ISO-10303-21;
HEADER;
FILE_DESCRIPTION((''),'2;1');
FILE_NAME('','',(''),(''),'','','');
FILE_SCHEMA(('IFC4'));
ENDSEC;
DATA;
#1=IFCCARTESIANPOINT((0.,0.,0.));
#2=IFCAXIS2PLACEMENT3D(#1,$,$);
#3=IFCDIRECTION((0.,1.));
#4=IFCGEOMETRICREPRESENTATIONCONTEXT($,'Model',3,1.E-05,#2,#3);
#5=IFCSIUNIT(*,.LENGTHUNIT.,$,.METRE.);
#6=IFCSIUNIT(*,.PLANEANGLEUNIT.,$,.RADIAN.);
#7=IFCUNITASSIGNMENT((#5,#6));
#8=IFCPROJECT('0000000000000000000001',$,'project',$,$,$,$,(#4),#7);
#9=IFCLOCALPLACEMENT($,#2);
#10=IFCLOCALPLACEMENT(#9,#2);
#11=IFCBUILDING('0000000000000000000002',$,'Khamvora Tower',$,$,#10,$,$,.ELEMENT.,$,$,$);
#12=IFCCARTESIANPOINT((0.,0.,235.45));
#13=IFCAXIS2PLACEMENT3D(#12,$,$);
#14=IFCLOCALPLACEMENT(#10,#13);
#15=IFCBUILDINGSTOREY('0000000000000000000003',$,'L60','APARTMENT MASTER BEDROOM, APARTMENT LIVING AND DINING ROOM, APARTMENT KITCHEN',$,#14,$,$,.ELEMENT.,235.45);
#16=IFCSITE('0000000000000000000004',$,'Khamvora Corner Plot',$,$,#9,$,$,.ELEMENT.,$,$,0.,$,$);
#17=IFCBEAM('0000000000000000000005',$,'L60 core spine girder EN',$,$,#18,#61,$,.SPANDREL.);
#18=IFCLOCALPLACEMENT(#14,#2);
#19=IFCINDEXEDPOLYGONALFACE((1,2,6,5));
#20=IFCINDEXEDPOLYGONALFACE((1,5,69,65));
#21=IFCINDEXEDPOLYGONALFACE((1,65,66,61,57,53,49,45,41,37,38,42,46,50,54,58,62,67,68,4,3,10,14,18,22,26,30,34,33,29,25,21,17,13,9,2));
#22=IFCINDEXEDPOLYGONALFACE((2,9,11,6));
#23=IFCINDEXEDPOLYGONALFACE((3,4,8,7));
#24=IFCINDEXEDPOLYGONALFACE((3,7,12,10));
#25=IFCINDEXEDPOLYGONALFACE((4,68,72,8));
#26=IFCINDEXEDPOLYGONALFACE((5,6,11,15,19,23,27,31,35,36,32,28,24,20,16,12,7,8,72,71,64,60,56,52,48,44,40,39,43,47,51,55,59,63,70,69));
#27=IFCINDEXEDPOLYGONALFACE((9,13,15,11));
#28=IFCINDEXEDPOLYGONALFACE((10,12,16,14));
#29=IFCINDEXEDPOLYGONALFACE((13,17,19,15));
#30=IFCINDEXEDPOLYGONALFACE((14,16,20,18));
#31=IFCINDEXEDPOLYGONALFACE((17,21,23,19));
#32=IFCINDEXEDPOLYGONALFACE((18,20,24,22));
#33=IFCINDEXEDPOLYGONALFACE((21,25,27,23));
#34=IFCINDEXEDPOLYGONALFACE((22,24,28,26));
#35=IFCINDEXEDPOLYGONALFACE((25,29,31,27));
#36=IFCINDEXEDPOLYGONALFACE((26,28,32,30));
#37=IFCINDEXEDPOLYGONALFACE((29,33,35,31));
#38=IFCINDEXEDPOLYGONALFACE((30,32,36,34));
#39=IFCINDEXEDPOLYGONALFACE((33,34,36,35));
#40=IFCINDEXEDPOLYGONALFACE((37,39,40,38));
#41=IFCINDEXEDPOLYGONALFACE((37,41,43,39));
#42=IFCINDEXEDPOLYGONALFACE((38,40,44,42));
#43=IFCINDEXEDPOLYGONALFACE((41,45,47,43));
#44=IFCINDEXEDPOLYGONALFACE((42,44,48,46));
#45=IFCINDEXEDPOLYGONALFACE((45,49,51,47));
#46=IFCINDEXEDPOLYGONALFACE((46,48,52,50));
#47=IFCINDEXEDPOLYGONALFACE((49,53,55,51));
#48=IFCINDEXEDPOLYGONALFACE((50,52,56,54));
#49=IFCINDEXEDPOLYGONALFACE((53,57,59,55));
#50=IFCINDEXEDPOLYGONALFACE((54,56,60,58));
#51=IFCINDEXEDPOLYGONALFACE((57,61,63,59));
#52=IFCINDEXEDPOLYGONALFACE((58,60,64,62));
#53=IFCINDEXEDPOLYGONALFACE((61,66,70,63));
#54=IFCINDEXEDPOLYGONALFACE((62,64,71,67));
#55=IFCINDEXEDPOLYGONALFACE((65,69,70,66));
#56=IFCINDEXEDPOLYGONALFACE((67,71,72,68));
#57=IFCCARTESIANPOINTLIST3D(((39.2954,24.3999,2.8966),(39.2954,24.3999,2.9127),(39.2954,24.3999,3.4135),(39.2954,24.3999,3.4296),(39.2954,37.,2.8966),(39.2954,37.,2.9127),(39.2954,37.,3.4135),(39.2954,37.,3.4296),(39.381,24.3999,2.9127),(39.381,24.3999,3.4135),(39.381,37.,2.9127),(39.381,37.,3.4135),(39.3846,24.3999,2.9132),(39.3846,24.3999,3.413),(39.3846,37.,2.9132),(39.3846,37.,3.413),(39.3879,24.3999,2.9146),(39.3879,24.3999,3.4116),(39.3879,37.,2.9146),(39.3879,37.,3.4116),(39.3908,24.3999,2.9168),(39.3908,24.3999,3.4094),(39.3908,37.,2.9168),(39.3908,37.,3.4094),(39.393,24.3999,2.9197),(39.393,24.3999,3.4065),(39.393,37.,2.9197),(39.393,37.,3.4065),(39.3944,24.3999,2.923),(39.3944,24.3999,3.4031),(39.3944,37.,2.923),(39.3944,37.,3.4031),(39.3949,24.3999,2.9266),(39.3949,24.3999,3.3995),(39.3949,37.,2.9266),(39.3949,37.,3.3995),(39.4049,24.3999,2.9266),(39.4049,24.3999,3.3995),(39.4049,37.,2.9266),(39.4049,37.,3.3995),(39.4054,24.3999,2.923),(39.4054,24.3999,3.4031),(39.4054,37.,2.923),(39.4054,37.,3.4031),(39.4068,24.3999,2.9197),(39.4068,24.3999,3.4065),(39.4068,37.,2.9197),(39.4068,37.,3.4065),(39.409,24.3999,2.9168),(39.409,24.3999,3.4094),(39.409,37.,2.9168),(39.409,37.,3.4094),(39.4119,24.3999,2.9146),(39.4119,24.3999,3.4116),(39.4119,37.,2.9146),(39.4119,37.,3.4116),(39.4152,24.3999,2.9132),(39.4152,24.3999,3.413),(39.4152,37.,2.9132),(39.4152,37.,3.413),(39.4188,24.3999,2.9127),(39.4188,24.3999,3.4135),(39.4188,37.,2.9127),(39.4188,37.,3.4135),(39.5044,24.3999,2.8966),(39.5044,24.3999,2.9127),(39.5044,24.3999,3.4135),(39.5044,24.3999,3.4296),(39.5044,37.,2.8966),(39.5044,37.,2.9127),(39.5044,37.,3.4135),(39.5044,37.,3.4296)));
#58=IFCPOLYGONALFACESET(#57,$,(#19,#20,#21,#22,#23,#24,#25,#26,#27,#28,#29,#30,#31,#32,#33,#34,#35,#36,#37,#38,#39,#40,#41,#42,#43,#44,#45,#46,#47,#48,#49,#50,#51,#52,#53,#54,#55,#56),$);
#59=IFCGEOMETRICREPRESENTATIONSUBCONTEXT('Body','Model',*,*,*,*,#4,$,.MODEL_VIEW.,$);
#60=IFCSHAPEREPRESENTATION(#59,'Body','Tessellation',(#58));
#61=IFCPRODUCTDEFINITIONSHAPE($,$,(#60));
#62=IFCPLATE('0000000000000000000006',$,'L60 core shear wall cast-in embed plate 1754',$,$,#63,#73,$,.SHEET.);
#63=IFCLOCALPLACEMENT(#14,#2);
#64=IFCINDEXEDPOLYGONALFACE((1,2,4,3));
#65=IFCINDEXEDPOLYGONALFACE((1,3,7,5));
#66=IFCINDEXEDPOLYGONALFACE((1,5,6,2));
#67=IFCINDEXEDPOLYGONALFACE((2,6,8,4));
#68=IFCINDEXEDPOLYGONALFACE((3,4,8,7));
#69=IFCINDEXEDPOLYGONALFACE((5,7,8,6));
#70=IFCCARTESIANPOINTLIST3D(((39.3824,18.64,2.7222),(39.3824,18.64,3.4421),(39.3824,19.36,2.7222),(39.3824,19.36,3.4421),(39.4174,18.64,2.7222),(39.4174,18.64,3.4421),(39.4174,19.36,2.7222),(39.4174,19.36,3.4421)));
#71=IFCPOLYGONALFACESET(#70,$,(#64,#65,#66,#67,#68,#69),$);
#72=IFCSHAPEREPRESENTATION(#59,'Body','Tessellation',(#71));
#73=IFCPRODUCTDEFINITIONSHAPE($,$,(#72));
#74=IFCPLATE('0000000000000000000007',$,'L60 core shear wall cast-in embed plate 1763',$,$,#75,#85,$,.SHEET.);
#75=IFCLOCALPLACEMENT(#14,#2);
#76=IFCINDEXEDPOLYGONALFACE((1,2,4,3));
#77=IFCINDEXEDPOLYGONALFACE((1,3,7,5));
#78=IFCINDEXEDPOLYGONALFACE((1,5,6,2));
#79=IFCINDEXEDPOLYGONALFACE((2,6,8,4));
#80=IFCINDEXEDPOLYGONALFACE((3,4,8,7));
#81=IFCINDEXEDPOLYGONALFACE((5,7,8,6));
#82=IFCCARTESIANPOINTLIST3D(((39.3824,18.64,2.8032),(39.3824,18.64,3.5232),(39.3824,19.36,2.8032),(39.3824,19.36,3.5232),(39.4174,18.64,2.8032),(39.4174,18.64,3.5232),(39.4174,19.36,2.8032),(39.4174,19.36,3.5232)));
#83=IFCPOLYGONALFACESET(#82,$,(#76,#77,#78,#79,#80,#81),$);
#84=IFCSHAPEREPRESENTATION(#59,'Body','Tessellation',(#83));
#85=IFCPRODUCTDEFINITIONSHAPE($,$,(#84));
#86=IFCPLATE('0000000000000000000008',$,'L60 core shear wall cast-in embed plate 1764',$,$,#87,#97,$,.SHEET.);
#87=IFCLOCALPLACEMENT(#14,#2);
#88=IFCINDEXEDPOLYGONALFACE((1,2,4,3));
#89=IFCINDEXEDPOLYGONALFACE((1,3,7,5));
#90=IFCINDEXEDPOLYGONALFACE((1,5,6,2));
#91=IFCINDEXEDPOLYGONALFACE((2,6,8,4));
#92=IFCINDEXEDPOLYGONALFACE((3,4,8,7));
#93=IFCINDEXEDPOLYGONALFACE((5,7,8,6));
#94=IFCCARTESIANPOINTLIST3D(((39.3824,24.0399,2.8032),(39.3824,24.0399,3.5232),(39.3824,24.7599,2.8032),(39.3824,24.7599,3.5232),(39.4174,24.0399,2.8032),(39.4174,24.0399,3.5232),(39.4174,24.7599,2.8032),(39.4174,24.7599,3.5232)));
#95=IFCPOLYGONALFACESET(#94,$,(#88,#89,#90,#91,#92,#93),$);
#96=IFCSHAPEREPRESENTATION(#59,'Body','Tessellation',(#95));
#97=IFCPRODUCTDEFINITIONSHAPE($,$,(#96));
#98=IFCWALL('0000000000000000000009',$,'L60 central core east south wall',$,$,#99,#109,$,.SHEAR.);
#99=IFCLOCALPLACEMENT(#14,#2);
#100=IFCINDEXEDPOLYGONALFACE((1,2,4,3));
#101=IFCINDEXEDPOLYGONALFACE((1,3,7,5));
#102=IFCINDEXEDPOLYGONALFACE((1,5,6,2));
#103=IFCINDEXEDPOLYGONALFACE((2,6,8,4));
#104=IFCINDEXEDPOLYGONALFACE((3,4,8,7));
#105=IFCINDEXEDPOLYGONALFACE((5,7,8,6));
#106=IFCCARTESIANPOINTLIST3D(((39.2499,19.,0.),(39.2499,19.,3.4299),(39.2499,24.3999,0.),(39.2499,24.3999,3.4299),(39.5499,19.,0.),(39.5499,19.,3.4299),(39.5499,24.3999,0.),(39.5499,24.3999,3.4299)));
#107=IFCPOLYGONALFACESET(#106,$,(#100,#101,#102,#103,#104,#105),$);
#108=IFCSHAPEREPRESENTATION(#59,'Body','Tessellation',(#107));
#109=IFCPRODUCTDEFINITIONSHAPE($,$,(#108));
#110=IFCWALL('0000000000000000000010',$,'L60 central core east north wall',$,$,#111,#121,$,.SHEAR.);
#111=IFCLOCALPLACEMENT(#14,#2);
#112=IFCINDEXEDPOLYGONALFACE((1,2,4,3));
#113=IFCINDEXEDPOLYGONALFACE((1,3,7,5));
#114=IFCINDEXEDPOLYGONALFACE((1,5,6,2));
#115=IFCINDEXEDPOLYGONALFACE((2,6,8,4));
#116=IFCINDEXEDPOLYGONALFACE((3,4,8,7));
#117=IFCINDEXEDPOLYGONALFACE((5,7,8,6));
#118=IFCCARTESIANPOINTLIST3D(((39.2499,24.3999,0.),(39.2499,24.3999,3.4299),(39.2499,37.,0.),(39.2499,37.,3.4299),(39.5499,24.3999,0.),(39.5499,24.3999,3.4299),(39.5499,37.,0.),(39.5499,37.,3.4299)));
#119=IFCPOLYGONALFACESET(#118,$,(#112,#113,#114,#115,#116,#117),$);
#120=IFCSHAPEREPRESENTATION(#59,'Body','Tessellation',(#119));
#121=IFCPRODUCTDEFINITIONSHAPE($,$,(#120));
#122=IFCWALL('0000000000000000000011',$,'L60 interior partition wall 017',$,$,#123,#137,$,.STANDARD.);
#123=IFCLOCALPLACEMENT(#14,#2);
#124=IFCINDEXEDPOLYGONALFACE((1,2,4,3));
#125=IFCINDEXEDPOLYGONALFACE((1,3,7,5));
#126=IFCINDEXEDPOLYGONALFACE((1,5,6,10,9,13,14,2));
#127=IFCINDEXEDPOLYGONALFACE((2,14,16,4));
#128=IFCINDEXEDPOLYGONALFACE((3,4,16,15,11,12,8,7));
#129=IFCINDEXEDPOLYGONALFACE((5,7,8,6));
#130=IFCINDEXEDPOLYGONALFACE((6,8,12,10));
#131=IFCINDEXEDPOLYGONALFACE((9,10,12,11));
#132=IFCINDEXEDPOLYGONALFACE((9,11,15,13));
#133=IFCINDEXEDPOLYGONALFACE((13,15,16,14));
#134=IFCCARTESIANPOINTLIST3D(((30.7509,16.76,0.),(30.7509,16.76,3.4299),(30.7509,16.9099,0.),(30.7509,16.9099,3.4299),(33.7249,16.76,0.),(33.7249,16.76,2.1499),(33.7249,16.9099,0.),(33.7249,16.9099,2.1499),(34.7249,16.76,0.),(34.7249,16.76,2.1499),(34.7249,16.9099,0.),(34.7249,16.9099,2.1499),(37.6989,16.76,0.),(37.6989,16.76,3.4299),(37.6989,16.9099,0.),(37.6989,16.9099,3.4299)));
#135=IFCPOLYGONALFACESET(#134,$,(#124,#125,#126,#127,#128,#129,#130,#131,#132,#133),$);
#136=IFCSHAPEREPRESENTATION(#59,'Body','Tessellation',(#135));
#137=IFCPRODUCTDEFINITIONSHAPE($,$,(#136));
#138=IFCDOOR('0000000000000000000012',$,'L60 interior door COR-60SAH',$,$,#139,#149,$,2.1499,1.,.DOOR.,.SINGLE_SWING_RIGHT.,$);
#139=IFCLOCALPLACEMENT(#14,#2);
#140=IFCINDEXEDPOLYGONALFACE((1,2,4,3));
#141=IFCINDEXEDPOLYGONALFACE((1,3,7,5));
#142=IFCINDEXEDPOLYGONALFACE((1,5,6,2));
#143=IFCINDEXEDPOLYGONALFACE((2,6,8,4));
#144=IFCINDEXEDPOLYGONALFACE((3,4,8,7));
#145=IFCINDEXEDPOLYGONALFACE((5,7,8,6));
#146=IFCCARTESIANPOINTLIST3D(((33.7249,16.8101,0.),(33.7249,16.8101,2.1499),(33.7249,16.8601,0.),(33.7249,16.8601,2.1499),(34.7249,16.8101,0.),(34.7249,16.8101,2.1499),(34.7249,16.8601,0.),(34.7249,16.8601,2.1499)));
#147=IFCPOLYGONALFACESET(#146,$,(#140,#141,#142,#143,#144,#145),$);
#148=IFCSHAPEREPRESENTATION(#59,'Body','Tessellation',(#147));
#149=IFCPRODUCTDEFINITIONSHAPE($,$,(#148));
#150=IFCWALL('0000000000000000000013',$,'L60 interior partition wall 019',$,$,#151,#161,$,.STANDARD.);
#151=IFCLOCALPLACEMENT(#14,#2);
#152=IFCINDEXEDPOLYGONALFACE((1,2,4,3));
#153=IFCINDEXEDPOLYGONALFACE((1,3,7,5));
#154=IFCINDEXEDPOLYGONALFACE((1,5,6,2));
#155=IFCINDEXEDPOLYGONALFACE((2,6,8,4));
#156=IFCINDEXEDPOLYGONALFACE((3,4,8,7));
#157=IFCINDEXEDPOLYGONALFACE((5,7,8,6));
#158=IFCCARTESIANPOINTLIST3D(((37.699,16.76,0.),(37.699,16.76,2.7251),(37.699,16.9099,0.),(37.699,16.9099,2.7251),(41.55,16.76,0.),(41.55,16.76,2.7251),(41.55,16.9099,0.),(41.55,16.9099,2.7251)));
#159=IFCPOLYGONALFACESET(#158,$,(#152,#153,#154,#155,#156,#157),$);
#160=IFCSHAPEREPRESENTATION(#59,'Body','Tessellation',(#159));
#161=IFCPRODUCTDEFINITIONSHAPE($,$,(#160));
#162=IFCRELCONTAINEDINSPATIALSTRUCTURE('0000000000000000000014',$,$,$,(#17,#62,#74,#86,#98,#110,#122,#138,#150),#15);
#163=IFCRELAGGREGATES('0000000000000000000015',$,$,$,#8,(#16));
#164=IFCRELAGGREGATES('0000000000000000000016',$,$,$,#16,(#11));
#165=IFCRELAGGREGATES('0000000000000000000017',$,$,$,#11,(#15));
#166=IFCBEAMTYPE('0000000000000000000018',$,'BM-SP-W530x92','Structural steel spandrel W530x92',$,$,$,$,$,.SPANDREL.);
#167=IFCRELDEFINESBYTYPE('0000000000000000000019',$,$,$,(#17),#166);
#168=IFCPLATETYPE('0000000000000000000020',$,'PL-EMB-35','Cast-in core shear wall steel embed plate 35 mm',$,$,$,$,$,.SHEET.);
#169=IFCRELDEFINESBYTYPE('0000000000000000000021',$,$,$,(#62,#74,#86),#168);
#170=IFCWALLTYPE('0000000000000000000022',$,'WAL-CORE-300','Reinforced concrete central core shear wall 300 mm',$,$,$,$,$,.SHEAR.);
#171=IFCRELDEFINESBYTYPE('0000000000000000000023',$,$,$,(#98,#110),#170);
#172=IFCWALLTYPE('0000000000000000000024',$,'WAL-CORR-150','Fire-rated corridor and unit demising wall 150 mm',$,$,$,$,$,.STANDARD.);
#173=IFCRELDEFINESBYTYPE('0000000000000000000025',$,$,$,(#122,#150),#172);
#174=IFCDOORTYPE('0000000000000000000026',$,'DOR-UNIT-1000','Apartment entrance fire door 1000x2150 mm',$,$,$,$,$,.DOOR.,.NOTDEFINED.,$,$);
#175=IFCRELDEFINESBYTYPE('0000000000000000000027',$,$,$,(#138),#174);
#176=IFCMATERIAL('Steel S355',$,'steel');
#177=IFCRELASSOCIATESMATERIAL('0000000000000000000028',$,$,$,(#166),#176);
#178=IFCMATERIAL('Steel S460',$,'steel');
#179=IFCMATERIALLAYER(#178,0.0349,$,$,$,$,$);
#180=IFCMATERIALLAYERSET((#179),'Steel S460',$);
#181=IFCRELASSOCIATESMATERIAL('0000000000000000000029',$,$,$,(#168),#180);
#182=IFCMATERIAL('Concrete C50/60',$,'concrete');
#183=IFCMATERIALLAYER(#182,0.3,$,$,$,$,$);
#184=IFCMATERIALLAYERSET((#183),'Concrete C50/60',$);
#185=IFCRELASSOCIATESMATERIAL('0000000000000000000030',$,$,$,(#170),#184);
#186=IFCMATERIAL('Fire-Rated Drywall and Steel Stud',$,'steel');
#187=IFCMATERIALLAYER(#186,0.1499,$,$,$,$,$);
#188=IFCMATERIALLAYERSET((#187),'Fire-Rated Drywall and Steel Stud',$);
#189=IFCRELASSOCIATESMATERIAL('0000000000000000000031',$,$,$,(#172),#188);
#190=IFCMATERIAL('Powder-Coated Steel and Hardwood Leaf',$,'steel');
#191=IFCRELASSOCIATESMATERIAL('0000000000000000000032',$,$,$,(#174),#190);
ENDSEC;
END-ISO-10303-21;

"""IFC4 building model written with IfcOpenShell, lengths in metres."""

from ifc_helpers import new_model, si_unit, direction, frame, frame_2d, origin, origin_2d, place, context, subcontext, project, spatial, rectangle, i_section, extrude, material, layer, layer_set, material_profile, profile_set, type_object, element, fill, save


model = new_model("IFC4")

# Units and contexts
model_context = context("Model", 3, precision=1e-05, world=origin(), true_north=direction((0.0, 1.0)))
body_context = subcontext(model_context, "Body", "Model", "MODEL_VIEW")
ifc_project = project(units=[si_unit("LENGTHUNIT", "METRE"), si_unit("PLANEANGLEUNIT", "RADIAN")], contexts=[model_context])

# Site, building, storey
site_placement = place(None, origin())
site = spatial("IfcSite", under=ifc_project, at=site_placement, Name="Khamvora Corner Plot", CompositionType="ELEMENT", RefElevation=0.0)
building_placement = place(site_placement, origin())
building = spatial("IfcBuilding", under=site, at=building_placement, Name="Khamvora Tower", CompositionType="ELEMENT")
storey_placement = place(building_placement, frame((0.0, 0.0, 235.45)))
storey = spatial("IfcBuildingStorey", under=building, at=storey_placement, Name="L60", Description="APARTMENT MASTER BEDROOM, APARTMENT LIVING AND DINING ROOM, APARTMENT KITCHEN", CompositionType="ELEMENT", Elevation=235.45)

# Shared definitions
ifc_material_1 = material(Name="Steel S355", Category="steel")

# Beam
ifc_material_profile_1 = material_profile(ifc_material_1, i_section(OverallWidth=0.209, OverallDepth=0.533, WebThickness=0.01, FlangeThickness=0.0161, FilletRadius=0.0139, at=origin_2d()), Name="W530x92")
ifc_profile_set_1 = profile_set([ifc_material_profile_1], Name="Steel S355")
beam_type_1 = type_object("IfcBeamType", Name="BM-SP-W530x92", Description="Structural steel spandrel W530x92", PredefinedType="SPANDREL", material=ifc_profile_set_1)
beam_1_placement = place(storey_placement, frame((39.3999, 24.3999, 3.1631), z_axis=(0.0, 1.0, 0.0), x_axis=(-1.0, 0.0, 0.0)))
element("IfcBeam", 1, at=beam_1_placement, inside=storey, type_object=beam_type_1, Name="L60 core spine girder EN", PredefinedType="SPANDREL", context=body_context, shape_type="SweptSolid", body=[
    extrude(i_section(OverallWidth=0.209, OverallDepth=0.533, WebThickness=0.01, FlangeThickness=0.0161, FilletRadius=0.0139, at=origin_2d()), origin(), (0.0, 0.0, 1.0), 12.6001),
])

# Plates
ifc_material_2 = material(Name="Steel S460", Category="steel")
ifc_layer_1 = layer(ifc_material_2, 0.0349)
ifc_layer_set_1 = layer_set([ifc_layer_1], Name="Steel S460")
plate_type = type_object("IfcPlateType", Name="PL-EMB-35", Description="Cast-in core shear wall steel embed plate 35 mm", PredefinedType="SHEET", material=ifc_layer_set_1)
for number, where, z_axis, x_axis, name in (
    (2, (39.3999, 19.0, 2.7222), (0.0, 0.0, 1.0), (1.0, 0.0, 0.0), "L60 core shear wall cast-in embed plate 1754"),
    (3, (39.3999, 19.0, 2.8032), (0.0, 0.0, 1.0), (1.0, 0.0, 0.0), "L60 core shear wall cast-in embed plate 1763"),
    (4, (39.3999, 24.3999, 2.8032), (0.0, 0.0, 1.0), (1.0, 0.0, 0.0), "L60 core shear wall cast-in embed plate 1764"),
):
    element("IfcPlate", number, at=place(storey_placement, frame(where, z_axis=z_axis, x_axis=x_axis)), inside=storey, type_object=plate_type, Name=name, PredefinedType="SHEET", context=body_context, shape_type="SweptSolid", body=[
        extrude(rectangle(XDim=0.0349, YDim=0.72, at=origin_2d()), origin(), (0.0, 0.0, 1.0), 0.72),
    ])

# Walls
ifc_material_3 = material(Name="Concrete C50/60", Category="concrete")
ifc_layer_2 = layer(ifc_material_3, 0.3)
ifc_layer_set_2 = layer_set([ifc_layer_2], Name="Concrete C50/60")
wall_type_1 = type_object("IfcWallType", Name="WAL-CORE-300", Description="Reinforced concrete central core shear wall 300 mm", PredefinedType="SHEAR", material=ifc_layer_set_2)
wall_1_placement = place(storey_placement, frame((39.3999, 19.0, 0.0), z_axis=(0.0, 0.0, 1.0), x_axis=(0.0, 1.0, 0.0)))
element("IfcWall", 5, at=wall_1_placement, inside=storey, type_object=wall_type_1, Name="L60 central core east south wall", PredefinedType="SHEAR", context=body_context, shape_type="SweptSolid", body=[
    extrude(rectangle(XDim=5.3999, YDim=0.3, at=frame_2d((2.7, 0.0))), origin(), (0.0, 0.0, 1.0), 3.4299),
])
wall_2_placement = place(storey_placement, frame((39.3999, 24.3999, 0.0), z_axis=(0.0, 0.0, 1.0), x_axis=(0.0, 1.0, 0.0)))
element("IfcWall", 6, at=wall_2_placement, inside=storey, type_object=wall_type_1, Name="L60 central core east north wall", PredefinedType="SHEAR", context=body_context, shape_type="SweptSolid", body=[
    extrude(rectangle(XDim=12.6001, YDim=0.3, at=frame_2d((6.3, 0.0))), origin(), (0.0, 0.0, 1.0), 3.4299),
])

# Wall, opening, door
ifc_material_4 = material(Name="Fire-Rated Drywall and Steel Stud", Category="steel")
ifc_layer_3 = layer(ifc_material_4, 0.1499)
ifc_layer_set_3 = layer_set([ifc_layer_3], Name="Fire-Rated Drywall and Steel Stud")
wall_type_2 = type_object("IfcWallType", Name="WAL-CORR-150", Description="Fire-rated corridor and unit demising wall 150 mm", PredefinedType="STANDARD", material=ifc_layer_set_3)
wall_3_placement = place(storey_placement, frame((37.699, 16.835, 0.0), z_axis=(0.0, 0.0, 1.0), x_axis=(-1.0, 0.0, 0.0)))
wall_3 = element("IfcWall", 7, at=wall_3_placement, inside=storey, type_object=wall_type_2, Name="L60 interior partition wall 017", PredefinedType="STANDARD", context=body_context, shape_type="SweptSolid", body=[
    extrude(rectangle(XDim=6.948, YDim=0.1499, at=frame_2d((3.4741, 0.0))), origin(), (0.0, 0.0, 1.0), 3.4299),
])
opening_placement = place(wall_3_placement, frame((2.9741, 0.0, 0.0)))
opening = element("IfcOpeningElement", 8, at=opening_placement, cuts=wall_3, PredefinedType="OPENING", context=body_context, shape_type="SweptSolid", body=[
    extrude(rectangle(XDim=1.0, YDim=2.1499, at=frame_2d((0.5, 1.075))), frame((0.0, 0.085, 0.0), z_axis=(0.0, -1.0, 0.0), x_axis=(1.0, 0.0, 0.0)), (0.0, 0.0, 1.0), 0.1699),
])
ifc_material_5 = material(Name="Powder-Coated Steel and Hardwood Leaf", Category="steel")
door_type = type_object("IfcDoorType", Name="DOR-UNIT-1000", Description="Apartment entrance fire door 1000x2150 mm", OperationType="NOTDEFINED", PredefinedType="DOOR", material=ifc_material_5)
door_placement = place(opening_placement, origin())
door = element("IfcDoor", 9, at=door_placement, inside=storey, type_object=door_type, Name="L60 interior door COR-60SAH", OperationType="SINGLE_SWING_RIGHT", OverallHeight=2.1499, OverallWidth=1.0, PredefinedType="DOOR", context=body_context, shape_type="SweptSolid", body=[
    extrude(rectangle(XDim=1.0, YDim=2.1499, at=frame_2d((0.5, 1.075))), frame((0.0, 0.0249, 0.0), z_axis=(0.0, -1.0, 0.0), x_axis=(1.0, 0.0, 0.0)), (0.0, 0.0, 1.0), 0.05),
])
fill(opening, door)

# Wall
wall_4_placement = place(storey_placement, frame((41.55, 16.835, 0.0), z_axis=(0.0, 0.0, 1.0), x_axis=(-1.0, 0.0, 0.0)))
element("IfcWall", 10, at=wall_4_placement, inside=storey, type_object=wall_type_2, Name="L60 interior partition wall 019", PredefinedType="STANDARD", context=body_context, shape_type="SweptSolid", body=[
    extrude(rectangle(XDim=3.8511, YDim=0.1499, at=frame_2d((1.9255, 0.0))), origin(), (0.0, 0.0, 1.0), 2.7251),
])

save(model, "model.ifc")
